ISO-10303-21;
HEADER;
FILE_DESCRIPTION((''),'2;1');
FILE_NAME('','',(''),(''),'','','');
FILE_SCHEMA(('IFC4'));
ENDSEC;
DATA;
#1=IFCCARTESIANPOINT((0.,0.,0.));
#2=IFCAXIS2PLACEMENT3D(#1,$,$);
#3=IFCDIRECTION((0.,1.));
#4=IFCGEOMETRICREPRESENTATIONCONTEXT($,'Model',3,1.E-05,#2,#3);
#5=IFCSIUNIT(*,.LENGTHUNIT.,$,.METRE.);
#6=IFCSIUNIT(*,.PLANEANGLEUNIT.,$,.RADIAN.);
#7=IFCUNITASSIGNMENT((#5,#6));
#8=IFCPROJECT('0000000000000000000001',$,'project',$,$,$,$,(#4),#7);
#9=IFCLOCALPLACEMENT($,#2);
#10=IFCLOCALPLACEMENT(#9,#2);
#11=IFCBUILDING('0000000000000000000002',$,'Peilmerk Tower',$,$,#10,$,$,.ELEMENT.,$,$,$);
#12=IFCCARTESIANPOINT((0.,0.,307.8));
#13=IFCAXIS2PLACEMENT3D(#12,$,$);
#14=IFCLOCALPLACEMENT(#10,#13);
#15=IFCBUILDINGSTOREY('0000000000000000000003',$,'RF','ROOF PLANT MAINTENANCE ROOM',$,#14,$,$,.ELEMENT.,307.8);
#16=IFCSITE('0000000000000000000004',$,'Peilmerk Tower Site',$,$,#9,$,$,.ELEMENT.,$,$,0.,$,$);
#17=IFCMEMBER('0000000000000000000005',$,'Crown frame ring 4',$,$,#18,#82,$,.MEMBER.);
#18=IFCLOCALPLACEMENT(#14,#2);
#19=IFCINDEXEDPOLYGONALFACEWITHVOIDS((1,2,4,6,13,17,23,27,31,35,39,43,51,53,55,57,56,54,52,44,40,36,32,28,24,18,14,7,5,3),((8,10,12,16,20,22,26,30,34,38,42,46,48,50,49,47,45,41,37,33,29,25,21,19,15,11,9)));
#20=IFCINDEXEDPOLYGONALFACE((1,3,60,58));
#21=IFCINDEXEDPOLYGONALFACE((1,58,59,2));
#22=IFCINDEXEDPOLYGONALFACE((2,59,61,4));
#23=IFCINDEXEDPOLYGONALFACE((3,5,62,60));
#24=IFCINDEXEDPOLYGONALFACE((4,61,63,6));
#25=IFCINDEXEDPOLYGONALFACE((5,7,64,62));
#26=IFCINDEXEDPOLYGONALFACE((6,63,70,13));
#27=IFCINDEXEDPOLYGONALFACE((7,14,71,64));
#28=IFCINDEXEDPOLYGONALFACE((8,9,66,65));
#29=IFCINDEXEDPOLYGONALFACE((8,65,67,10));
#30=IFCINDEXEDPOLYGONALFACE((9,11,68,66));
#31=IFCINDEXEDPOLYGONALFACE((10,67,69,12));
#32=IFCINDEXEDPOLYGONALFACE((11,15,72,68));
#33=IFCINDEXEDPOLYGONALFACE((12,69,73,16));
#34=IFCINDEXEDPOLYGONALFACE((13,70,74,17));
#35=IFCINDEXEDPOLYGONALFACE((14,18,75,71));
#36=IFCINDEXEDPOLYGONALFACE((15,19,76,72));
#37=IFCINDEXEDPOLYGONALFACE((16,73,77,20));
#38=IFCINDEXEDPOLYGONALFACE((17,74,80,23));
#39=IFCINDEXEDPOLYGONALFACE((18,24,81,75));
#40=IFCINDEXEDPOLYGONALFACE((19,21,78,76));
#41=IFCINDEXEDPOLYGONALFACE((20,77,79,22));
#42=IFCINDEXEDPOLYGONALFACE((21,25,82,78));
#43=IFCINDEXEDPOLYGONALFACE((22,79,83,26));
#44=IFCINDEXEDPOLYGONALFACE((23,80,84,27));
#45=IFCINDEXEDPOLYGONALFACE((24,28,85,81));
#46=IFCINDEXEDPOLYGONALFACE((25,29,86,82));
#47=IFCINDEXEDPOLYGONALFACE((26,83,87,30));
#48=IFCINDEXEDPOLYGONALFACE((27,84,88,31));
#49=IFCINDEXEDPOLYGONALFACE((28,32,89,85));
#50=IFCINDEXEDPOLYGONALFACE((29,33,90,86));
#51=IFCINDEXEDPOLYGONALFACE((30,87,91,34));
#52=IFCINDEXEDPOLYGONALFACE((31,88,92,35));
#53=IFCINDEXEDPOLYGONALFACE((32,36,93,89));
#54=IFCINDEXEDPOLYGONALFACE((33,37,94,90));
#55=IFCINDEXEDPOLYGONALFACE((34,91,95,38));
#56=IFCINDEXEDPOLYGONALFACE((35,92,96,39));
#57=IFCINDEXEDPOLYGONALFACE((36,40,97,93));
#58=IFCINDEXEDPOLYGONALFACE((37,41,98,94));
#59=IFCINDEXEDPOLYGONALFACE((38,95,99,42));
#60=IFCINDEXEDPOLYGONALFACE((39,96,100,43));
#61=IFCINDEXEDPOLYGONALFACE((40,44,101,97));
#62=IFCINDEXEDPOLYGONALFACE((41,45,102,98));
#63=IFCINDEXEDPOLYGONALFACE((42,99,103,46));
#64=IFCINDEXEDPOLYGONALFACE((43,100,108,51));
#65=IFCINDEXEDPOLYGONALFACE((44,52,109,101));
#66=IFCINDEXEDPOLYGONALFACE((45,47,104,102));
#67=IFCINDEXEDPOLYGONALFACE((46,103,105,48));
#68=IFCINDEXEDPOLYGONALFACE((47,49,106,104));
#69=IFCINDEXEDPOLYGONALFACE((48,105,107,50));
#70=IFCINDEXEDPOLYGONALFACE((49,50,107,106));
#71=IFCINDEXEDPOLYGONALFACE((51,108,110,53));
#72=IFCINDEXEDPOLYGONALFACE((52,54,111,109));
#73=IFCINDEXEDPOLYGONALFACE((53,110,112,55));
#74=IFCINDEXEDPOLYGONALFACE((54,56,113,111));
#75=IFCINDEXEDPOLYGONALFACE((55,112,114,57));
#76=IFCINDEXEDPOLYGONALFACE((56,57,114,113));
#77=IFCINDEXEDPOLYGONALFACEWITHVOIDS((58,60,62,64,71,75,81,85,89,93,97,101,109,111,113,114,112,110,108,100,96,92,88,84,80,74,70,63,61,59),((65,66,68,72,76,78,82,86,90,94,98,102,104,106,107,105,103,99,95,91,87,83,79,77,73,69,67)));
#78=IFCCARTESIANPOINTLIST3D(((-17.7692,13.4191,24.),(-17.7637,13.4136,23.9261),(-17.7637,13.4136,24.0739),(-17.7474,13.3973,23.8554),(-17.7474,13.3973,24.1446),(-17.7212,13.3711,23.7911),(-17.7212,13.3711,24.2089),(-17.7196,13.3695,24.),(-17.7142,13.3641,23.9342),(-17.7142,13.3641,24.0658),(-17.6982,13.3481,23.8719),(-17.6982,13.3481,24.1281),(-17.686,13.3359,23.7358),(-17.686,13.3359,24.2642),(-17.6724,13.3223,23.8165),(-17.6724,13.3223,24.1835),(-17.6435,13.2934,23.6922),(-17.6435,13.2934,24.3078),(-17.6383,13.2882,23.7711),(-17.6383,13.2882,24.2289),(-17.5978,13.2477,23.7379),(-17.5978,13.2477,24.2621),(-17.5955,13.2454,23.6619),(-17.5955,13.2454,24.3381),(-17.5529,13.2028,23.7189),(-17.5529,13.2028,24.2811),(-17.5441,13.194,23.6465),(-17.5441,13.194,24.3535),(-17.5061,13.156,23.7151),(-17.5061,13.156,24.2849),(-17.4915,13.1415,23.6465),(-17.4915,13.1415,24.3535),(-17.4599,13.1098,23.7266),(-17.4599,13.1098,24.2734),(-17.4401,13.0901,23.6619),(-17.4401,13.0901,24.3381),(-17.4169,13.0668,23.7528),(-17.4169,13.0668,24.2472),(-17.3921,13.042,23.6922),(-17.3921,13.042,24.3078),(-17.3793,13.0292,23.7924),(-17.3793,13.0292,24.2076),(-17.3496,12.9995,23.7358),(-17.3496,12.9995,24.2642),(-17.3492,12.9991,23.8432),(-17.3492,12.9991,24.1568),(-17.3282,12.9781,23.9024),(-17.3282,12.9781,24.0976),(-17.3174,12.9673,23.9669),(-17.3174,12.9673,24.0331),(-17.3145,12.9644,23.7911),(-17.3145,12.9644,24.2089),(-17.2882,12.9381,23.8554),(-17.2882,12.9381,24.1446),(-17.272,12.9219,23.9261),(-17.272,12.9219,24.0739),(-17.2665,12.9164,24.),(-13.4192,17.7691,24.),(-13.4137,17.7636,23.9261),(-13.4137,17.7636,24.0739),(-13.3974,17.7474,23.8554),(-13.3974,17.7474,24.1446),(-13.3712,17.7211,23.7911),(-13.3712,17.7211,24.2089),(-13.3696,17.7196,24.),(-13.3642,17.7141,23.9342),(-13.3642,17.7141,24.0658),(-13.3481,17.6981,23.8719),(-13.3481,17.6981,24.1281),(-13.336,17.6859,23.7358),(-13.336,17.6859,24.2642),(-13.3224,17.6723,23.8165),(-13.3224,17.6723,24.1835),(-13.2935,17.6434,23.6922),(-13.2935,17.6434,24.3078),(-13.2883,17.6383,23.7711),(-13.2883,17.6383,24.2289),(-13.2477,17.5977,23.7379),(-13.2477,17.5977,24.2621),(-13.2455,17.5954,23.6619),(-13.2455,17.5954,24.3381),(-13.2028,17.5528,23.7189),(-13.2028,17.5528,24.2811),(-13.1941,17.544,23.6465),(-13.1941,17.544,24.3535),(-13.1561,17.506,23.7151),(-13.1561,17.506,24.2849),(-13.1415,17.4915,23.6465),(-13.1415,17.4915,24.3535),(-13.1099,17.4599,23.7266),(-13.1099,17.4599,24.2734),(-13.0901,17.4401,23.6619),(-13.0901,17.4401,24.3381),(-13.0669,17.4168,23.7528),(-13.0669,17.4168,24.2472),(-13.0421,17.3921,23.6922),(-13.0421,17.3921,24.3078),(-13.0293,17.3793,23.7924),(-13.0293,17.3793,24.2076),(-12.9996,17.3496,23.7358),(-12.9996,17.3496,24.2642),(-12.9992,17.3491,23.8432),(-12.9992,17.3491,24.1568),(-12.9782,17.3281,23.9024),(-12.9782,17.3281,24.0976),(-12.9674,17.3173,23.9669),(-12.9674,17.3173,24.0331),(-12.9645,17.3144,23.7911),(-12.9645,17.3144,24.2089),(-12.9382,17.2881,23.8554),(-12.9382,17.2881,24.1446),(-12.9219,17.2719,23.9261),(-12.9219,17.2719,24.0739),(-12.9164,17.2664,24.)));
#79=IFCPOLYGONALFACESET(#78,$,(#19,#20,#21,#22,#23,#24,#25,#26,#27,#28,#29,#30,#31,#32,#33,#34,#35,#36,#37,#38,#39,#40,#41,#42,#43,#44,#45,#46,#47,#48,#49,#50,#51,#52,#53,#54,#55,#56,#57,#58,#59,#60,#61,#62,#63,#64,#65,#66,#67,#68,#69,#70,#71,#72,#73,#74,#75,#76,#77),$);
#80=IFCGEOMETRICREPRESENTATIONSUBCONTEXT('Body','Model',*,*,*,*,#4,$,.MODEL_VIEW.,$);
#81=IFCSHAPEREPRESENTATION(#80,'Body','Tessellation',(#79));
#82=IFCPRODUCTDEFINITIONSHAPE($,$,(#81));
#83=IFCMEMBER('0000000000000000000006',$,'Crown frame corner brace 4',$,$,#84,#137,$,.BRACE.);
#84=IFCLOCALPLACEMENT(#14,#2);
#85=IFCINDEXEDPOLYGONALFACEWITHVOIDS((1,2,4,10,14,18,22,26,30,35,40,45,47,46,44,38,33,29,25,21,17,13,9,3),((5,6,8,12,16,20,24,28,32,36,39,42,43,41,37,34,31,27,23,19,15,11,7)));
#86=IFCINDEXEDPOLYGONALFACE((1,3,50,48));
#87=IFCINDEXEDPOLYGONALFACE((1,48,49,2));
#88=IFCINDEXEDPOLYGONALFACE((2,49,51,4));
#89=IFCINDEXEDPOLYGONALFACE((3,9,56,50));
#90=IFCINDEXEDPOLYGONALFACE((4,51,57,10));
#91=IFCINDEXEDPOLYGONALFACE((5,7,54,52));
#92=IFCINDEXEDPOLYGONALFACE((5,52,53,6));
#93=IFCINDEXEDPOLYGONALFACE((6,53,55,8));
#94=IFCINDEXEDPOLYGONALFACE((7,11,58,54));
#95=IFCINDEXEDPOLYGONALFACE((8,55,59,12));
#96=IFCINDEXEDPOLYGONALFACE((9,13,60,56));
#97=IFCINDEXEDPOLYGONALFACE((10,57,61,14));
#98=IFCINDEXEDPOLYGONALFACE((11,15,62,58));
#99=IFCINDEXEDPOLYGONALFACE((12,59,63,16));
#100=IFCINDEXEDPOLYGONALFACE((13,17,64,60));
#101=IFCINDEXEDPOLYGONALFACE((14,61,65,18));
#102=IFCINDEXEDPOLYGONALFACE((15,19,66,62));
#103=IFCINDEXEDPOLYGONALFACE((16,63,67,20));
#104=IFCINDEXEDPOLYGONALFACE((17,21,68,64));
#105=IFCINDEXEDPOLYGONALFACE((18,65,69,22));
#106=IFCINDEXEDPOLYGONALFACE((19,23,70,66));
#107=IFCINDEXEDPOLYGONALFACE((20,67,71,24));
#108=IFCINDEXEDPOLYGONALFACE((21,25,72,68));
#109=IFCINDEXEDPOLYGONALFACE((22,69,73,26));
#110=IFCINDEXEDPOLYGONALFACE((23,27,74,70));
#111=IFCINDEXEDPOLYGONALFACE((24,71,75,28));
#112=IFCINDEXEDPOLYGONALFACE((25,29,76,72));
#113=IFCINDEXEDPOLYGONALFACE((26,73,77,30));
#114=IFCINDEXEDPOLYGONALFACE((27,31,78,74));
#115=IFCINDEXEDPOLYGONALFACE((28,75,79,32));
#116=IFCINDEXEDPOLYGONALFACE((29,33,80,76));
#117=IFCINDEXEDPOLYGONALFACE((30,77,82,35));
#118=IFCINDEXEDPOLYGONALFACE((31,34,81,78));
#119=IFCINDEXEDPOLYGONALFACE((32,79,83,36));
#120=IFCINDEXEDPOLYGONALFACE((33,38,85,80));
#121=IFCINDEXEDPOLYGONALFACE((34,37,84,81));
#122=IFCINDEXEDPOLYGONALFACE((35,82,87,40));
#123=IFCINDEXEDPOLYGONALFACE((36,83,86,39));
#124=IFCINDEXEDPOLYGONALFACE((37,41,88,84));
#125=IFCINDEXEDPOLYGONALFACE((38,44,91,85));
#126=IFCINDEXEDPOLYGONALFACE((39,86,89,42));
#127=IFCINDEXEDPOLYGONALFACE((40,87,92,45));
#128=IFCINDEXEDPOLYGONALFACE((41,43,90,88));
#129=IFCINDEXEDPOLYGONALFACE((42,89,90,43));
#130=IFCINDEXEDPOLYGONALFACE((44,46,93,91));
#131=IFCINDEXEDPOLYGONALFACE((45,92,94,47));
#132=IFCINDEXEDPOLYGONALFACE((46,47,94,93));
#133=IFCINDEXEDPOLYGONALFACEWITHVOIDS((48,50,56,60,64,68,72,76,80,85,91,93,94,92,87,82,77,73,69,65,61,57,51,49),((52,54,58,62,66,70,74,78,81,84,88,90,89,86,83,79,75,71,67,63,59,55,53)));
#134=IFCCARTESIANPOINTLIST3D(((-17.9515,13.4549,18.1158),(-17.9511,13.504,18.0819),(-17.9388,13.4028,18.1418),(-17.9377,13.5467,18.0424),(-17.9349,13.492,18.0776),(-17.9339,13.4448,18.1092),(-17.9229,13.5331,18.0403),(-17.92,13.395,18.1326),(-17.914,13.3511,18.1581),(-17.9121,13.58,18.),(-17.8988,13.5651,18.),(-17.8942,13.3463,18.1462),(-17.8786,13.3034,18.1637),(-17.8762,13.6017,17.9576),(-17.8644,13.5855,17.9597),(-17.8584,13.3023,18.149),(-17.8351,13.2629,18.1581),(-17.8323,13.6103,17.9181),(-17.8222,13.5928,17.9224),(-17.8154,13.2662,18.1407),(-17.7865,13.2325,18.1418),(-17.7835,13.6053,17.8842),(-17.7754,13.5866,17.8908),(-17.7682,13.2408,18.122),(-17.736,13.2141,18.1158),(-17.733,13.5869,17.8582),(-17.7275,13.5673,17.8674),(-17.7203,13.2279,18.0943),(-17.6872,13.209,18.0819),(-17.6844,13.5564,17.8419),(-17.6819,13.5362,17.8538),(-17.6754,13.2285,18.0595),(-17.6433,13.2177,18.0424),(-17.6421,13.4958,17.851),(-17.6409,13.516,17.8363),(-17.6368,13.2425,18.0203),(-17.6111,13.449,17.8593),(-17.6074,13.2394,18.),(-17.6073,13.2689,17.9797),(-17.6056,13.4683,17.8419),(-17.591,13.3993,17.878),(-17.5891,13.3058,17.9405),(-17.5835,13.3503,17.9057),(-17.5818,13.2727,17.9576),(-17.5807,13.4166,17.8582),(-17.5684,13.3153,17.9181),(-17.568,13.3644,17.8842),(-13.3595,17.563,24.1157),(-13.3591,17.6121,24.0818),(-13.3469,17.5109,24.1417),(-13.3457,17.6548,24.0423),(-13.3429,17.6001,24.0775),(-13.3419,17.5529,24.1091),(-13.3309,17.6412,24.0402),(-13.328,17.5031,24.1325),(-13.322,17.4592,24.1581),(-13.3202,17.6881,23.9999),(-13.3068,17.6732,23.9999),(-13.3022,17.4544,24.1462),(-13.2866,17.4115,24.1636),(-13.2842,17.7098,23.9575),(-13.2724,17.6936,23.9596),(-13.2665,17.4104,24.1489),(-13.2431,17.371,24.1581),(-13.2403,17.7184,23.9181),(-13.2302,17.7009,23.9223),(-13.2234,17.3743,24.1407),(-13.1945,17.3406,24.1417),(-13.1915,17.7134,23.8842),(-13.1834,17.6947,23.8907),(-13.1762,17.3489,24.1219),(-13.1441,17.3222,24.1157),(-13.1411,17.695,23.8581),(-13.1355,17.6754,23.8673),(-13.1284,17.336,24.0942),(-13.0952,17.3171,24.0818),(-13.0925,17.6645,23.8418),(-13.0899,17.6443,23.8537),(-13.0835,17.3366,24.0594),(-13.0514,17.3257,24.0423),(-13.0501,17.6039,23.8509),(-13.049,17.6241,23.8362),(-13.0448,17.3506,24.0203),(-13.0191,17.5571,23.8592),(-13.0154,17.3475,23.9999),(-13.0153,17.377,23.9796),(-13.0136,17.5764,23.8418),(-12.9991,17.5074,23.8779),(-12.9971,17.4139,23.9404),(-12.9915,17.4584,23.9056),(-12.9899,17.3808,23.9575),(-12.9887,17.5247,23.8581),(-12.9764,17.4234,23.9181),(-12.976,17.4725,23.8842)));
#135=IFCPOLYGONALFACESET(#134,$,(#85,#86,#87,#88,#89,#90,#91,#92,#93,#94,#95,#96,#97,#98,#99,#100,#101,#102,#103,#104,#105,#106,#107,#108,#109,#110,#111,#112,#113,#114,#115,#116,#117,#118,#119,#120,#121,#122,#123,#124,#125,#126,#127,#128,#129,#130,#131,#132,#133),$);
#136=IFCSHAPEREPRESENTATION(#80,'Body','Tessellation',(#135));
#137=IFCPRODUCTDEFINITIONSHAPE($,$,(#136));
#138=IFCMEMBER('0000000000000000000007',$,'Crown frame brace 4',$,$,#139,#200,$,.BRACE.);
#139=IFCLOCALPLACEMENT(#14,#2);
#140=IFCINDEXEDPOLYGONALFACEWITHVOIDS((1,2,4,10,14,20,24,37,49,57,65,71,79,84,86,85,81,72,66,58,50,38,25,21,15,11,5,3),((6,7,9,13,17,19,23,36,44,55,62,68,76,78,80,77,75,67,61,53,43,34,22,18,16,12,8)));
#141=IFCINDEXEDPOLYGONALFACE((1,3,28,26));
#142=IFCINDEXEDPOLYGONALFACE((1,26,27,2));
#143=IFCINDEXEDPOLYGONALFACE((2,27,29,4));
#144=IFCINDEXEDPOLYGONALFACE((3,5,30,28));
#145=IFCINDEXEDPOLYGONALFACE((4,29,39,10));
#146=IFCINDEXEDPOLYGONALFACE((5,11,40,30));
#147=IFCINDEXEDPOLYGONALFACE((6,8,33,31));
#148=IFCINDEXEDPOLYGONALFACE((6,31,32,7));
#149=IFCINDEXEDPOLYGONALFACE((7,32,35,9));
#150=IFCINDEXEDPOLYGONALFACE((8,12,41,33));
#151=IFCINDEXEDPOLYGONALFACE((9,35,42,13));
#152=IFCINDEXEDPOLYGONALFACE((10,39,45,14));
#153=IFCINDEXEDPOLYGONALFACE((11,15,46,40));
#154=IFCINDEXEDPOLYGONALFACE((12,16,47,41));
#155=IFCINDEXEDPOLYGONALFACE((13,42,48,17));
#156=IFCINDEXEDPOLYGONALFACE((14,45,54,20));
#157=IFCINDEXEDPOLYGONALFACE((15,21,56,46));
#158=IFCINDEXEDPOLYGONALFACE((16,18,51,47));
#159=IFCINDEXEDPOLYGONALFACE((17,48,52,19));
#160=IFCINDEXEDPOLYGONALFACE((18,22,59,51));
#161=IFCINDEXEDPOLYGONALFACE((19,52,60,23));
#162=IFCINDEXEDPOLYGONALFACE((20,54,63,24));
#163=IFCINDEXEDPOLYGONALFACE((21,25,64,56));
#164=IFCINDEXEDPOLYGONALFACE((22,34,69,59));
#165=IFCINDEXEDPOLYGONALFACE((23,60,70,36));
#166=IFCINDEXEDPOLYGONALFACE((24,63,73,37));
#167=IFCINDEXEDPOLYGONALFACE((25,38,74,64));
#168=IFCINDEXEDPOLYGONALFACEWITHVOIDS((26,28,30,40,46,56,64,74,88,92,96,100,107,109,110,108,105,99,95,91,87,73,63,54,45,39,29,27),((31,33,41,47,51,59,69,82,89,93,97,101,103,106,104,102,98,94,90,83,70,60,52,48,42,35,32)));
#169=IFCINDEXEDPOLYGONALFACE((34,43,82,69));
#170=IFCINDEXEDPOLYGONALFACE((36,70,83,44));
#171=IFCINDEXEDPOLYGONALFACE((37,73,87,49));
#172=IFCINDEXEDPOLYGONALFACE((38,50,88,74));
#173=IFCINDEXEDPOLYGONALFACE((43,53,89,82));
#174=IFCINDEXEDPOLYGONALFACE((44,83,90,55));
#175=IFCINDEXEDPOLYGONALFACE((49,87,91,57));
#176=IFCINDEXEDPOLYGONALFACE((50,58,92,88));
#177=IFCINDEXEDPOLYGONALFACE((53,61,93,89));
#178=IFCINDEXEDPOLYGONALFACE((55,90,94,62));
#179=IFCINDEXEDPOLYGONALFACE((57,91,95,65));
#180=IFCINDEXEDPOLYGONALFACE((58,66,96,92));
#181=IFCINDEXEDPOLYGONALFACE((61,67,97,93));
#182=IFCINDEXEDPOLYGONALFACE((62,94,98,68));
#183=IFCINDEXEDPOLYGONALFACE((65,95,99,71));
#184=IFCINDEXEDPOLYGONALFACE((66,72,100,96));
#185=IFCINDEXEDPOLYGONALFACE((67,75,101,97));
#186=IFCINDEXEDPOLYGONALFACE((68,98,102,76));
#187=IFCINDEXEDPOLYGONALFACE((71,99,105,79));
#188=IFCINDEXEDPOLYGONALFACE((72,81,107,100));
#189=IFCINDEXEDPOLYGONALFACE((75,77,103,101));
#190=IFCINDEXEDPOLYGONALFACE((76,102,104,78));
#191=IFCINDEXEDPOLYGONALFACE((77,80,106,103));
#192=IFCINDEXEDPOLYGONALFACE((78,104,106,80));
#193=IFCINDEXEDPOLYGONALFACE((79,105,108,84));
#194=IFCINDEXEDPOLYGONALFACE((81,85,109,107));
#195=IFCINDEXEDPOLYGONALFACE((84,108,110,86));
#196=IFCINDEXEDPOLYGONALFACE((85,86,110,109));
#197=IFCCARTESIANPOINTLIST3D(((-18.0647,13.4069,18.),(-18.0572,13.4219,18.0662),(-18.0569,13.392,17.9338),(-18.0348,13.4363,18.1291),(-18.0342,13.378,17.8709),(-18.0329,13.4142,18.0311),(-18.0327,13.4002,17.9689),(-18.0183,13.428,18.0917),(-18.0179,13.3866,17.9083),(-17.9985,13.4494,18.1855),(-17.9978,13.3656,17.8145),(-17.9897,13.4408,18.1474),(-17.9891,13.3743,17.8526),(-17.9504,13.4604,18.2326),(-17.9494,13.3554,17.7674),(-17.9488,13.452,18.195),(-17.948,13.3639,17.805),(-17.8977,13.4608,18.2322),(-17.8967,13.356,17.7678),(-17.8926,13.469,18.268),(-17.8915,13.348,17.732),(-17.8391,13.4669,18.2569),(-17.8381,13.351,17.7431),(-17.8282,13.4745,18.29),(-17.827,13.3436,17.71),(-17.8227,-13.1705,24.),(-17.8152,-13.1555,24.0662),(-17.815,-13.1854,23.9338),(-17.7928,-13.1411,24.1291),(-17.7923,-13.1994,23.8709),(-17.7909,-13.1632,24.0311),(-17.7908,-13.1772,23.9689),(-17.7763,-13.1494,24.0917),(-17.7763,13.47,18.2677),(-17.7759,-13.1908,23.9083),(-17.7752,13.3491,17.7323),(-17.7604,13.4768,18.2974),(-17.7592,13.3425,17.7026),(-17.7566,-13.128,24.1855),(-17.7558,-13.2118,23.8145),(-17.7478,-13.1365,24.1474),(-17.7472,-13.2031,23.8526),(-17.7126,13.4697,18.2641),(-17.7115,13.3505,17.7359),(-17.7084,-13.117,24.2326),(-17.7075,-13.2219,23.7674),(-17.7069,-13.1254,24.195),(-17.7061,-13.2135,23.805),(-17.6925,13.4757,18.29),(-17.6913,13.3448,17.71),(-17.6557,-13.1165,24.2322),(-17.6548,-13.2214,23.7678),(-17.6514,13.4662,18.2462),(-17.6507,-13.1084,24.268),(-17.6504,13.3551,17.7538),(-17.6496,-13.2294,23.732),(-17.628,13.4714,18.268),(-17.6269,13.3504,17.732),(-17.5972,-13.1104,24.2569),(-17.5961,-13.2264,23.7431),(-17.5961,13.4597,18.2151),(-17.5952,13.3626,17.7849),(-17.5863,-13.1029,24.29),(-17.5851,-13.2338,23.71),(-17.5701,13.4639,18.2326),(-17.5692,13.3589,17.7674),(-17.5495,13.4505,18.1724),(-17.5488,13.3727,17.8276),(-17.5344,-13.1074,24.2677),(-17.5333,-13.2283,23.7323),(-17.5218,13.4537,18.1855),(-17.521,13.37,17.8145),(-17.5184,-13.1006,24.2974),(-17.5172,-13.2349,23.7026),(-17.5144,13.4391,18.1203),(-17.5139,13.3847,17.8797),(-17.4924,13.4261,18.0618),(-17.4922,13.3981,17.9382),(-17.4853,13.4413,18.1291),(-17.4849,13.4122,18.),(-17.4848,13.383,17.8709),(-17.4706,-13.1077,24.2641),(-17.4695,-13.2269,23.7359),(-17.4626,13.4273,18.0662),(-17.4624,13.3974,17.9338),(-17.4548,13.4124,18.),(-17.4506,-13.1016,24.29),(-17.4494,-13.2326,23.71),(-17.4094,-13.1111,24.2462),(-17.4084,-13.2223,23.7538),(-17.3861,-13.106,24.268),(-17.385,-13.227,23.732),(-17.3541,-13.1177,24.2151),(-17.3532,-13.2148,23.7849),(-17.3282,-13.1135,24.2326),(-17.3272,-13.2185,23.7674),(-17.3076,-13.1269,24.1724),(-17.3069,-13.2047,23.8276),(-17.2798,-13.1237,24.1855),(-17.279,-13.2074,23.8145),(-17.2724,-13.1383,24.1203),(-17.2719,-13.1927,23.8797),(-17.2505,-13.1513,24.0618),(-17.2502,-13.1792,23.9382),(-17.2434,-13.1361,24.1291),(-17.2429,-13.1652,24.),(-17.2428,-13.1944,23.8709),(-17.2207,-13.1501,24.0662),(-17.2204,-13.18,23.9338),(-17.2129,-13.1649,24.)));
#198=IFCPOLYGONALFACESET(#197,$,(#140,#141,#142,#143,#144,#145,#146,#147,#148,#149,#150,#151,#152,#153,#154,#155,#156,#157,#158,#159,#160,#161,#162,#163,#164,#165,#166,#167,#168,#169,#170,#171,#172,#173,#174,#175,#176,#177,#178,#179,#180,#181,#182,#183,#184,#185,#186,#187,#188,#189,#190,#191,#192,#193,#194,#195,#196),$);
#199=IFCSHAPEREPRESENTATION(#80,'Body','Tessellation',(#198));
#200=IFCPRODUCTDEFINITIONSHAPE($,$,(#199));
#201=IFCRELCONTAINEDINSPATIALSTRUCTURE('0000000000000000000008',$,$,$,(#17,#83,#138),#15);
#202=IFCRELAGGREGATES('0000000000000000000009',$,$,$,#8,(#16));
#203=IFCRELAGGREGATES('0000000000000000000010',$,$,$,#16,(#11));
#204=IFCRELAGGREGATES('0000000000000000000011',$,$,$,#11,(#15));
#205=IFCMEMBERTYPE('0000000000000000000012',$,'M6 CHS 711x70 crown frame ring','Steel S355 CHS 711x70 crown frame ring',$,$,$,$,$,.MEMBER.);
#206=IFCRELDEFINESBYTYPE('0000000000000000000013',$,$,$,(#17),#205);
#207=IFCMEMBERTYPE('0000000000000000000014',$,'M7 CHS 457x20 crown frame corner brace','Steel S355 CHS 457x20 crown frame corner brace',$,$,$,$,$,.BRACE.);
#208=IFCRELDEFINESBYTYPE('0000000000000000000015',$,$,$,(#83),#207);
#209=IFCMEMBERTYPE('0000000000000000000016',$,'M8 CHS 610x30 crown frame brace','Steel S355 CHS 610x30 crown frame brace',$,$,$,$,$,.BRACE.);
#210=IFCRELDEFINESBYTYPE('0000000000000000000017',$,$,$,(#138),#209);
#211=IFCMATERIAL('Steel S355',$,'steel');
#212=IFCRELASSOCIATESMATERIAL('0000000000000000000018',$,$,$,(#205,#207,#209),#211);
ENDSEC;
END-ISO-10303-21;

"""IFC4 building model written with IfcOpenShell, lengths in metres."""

from ifc_helpers import new_model, si_unit, direction, frame, origin, origin_2d, place, context, subcontext, project, spatial, hollow_circle, extrude, material, material_profile, profile_set, type_object, element, save


model = new_model("IFC4")

# Units and contexts
model_context = context("Model", 3, precision=1e-05, world=origin(), true_north=direction((0.0, 1.0)))
body_context = subcontext(model_context, "Body", "Model", "MODEL_VIEW")
ifc_project = project(units=[si_unit("LENGTHUNIT", "METRE"), si_unit("PLANEANGLEUNIT", "RADIAN")], contexts=[model_context])

# Site, building, storey
site_placement = place(None, origin())
site = spatial("IfcSite", under=ifc_project, at=site_placement, Name="Peilmerk Tower Site", CompositionType="ELEMENT", RefElevation=0.0)
building_placement = place(site_placement, origin())
building = spatial("IfcBuilding", under=site, at=building_placement, Name="Peilmerk Tower", CompositionType="ELEMENT")
storey_placement = place(building_placement, frame((0.0, 0.0, 307.8)))
storey = spatial("IfcBuildingStorey", under=building, at=storey_placement, Name="RF", Description="ROOF PLANT MAINTENANCE ROOM", CompositionType="ELEMENT", Elevation=307.8)

# Shared definitions
ifc_material_1 = material(Name="Steel S355", Category="steel")

# Members
ifc_material_profile_1 = material_profile(ifc_material_1, hollow_circle(Radius=0.3555, WallThickness=0.0701, at=origin_2d()), Name="CHS 711x70")
ifc_profile_set_1 = profile_set([ifc_material_profile_1], Name="Steel S355")
member_type_1 = type_object("IfcMemberType", Name="M6 CHS 711x70 crown frame ring", Description="Steel S355 CHS 711x70 crown frame ring", PredefinedType="MEMBER", material=ifc_profile_set_1)
member_1_placement = place(storey_placement, frame((-17.5178, 13.1677, 24.0), z_axis=(0.707107, 0.707107, 0.0), x_axis=(-0.707107, 0.707107, 0.0)))
element("IfcMember", 1, at=member_1_placement, inside=storey, type_object=member_type_1, Name="Crown frame ring 4", PredefinedType="MEMBER", context=body_context, shape_type="SweptSolid", body=[
    extrude(hollow_circle(Radius=0.3555, WallThickness=0.0701, at=origin_2d()), origin(), (0.0, 0.0, 1.0), 6.1519),
])
ifc_material_profile_2 = material_profile(ifc_material_1, hollow_circle(Radius=0.2285, WallThickness=0.02, at=origin_2d()), Name="CHS 457x20")
ifc_profile_set_2 = profile_set([ifc_material_profile_2], Name="Steel S355")
member_type_2 = type_object("IfcMemberType", Name="M7 CHS 457x20 crown frame corner brace", Description="Steel S355 CHS 457x20 crown frame corner brace", PredefinedType="BRACE", material=ifc_profile_set_2)
member_2_placement = place(storey_placement, frame((-17.7598, 13.4097, 18.0), z_axis=(0.533945, 0.47768, 0.697657), x_axis=(-0.666749, 0.745283, 0.0)))
element("IfcMember", 2, at=member_2_placement, inside=storey, type_object=member_type_2, Name="Crown frame corner brace 4", PredefinedType="BRACE", context=body_context, shape_type="SweptSolid", body=[
    extrude(hollow_circle(Radius=0.2285, WallThickness=0.02, at=origin_2d()), origin(), (0.0, 0.0, 1.0), 8.6001),
])
ifc_material_profile_3 = material_profile(ifc_material_1, hollow_circle(Radius=0.3049, WallThickness=0.03, at=origin_2d()), Name="CHS 610x30")
ifc_profile_set_3 = profile_set([ifc_material_profile_3], Name="Steel S355")
member_type_3 = type_object("IfcMemberType", Name="M8 CHS 610x30 crown frame brace", Description="Steel S355 CHS 610x30 crown frame brace", PredefinedType="BRACE", material=ifc_profile_set_3)
member_3_placement = place(storey_placement, frame((-17.7598, 13.4097, 18.0), z_axis=(0.00888, -0.975413, 0.220205), x_axis=(0.999959, 0.009103, 0.0)))
element("IfcMember", 3, at=member_3_placement, inside=storey, type_object=member_type_3, Name="Crown frame brace 4", PredefinedType="BRACE", context=body_context, shape_type="SweptSolid", body=[
    extrude(hollow_circle(Radius=0.3049, WallThickness=0.03, at=origin_2d()), origin(), (0.0, 0.0, 1.0), 27.2473),
])

save(model, "model.ifc")
